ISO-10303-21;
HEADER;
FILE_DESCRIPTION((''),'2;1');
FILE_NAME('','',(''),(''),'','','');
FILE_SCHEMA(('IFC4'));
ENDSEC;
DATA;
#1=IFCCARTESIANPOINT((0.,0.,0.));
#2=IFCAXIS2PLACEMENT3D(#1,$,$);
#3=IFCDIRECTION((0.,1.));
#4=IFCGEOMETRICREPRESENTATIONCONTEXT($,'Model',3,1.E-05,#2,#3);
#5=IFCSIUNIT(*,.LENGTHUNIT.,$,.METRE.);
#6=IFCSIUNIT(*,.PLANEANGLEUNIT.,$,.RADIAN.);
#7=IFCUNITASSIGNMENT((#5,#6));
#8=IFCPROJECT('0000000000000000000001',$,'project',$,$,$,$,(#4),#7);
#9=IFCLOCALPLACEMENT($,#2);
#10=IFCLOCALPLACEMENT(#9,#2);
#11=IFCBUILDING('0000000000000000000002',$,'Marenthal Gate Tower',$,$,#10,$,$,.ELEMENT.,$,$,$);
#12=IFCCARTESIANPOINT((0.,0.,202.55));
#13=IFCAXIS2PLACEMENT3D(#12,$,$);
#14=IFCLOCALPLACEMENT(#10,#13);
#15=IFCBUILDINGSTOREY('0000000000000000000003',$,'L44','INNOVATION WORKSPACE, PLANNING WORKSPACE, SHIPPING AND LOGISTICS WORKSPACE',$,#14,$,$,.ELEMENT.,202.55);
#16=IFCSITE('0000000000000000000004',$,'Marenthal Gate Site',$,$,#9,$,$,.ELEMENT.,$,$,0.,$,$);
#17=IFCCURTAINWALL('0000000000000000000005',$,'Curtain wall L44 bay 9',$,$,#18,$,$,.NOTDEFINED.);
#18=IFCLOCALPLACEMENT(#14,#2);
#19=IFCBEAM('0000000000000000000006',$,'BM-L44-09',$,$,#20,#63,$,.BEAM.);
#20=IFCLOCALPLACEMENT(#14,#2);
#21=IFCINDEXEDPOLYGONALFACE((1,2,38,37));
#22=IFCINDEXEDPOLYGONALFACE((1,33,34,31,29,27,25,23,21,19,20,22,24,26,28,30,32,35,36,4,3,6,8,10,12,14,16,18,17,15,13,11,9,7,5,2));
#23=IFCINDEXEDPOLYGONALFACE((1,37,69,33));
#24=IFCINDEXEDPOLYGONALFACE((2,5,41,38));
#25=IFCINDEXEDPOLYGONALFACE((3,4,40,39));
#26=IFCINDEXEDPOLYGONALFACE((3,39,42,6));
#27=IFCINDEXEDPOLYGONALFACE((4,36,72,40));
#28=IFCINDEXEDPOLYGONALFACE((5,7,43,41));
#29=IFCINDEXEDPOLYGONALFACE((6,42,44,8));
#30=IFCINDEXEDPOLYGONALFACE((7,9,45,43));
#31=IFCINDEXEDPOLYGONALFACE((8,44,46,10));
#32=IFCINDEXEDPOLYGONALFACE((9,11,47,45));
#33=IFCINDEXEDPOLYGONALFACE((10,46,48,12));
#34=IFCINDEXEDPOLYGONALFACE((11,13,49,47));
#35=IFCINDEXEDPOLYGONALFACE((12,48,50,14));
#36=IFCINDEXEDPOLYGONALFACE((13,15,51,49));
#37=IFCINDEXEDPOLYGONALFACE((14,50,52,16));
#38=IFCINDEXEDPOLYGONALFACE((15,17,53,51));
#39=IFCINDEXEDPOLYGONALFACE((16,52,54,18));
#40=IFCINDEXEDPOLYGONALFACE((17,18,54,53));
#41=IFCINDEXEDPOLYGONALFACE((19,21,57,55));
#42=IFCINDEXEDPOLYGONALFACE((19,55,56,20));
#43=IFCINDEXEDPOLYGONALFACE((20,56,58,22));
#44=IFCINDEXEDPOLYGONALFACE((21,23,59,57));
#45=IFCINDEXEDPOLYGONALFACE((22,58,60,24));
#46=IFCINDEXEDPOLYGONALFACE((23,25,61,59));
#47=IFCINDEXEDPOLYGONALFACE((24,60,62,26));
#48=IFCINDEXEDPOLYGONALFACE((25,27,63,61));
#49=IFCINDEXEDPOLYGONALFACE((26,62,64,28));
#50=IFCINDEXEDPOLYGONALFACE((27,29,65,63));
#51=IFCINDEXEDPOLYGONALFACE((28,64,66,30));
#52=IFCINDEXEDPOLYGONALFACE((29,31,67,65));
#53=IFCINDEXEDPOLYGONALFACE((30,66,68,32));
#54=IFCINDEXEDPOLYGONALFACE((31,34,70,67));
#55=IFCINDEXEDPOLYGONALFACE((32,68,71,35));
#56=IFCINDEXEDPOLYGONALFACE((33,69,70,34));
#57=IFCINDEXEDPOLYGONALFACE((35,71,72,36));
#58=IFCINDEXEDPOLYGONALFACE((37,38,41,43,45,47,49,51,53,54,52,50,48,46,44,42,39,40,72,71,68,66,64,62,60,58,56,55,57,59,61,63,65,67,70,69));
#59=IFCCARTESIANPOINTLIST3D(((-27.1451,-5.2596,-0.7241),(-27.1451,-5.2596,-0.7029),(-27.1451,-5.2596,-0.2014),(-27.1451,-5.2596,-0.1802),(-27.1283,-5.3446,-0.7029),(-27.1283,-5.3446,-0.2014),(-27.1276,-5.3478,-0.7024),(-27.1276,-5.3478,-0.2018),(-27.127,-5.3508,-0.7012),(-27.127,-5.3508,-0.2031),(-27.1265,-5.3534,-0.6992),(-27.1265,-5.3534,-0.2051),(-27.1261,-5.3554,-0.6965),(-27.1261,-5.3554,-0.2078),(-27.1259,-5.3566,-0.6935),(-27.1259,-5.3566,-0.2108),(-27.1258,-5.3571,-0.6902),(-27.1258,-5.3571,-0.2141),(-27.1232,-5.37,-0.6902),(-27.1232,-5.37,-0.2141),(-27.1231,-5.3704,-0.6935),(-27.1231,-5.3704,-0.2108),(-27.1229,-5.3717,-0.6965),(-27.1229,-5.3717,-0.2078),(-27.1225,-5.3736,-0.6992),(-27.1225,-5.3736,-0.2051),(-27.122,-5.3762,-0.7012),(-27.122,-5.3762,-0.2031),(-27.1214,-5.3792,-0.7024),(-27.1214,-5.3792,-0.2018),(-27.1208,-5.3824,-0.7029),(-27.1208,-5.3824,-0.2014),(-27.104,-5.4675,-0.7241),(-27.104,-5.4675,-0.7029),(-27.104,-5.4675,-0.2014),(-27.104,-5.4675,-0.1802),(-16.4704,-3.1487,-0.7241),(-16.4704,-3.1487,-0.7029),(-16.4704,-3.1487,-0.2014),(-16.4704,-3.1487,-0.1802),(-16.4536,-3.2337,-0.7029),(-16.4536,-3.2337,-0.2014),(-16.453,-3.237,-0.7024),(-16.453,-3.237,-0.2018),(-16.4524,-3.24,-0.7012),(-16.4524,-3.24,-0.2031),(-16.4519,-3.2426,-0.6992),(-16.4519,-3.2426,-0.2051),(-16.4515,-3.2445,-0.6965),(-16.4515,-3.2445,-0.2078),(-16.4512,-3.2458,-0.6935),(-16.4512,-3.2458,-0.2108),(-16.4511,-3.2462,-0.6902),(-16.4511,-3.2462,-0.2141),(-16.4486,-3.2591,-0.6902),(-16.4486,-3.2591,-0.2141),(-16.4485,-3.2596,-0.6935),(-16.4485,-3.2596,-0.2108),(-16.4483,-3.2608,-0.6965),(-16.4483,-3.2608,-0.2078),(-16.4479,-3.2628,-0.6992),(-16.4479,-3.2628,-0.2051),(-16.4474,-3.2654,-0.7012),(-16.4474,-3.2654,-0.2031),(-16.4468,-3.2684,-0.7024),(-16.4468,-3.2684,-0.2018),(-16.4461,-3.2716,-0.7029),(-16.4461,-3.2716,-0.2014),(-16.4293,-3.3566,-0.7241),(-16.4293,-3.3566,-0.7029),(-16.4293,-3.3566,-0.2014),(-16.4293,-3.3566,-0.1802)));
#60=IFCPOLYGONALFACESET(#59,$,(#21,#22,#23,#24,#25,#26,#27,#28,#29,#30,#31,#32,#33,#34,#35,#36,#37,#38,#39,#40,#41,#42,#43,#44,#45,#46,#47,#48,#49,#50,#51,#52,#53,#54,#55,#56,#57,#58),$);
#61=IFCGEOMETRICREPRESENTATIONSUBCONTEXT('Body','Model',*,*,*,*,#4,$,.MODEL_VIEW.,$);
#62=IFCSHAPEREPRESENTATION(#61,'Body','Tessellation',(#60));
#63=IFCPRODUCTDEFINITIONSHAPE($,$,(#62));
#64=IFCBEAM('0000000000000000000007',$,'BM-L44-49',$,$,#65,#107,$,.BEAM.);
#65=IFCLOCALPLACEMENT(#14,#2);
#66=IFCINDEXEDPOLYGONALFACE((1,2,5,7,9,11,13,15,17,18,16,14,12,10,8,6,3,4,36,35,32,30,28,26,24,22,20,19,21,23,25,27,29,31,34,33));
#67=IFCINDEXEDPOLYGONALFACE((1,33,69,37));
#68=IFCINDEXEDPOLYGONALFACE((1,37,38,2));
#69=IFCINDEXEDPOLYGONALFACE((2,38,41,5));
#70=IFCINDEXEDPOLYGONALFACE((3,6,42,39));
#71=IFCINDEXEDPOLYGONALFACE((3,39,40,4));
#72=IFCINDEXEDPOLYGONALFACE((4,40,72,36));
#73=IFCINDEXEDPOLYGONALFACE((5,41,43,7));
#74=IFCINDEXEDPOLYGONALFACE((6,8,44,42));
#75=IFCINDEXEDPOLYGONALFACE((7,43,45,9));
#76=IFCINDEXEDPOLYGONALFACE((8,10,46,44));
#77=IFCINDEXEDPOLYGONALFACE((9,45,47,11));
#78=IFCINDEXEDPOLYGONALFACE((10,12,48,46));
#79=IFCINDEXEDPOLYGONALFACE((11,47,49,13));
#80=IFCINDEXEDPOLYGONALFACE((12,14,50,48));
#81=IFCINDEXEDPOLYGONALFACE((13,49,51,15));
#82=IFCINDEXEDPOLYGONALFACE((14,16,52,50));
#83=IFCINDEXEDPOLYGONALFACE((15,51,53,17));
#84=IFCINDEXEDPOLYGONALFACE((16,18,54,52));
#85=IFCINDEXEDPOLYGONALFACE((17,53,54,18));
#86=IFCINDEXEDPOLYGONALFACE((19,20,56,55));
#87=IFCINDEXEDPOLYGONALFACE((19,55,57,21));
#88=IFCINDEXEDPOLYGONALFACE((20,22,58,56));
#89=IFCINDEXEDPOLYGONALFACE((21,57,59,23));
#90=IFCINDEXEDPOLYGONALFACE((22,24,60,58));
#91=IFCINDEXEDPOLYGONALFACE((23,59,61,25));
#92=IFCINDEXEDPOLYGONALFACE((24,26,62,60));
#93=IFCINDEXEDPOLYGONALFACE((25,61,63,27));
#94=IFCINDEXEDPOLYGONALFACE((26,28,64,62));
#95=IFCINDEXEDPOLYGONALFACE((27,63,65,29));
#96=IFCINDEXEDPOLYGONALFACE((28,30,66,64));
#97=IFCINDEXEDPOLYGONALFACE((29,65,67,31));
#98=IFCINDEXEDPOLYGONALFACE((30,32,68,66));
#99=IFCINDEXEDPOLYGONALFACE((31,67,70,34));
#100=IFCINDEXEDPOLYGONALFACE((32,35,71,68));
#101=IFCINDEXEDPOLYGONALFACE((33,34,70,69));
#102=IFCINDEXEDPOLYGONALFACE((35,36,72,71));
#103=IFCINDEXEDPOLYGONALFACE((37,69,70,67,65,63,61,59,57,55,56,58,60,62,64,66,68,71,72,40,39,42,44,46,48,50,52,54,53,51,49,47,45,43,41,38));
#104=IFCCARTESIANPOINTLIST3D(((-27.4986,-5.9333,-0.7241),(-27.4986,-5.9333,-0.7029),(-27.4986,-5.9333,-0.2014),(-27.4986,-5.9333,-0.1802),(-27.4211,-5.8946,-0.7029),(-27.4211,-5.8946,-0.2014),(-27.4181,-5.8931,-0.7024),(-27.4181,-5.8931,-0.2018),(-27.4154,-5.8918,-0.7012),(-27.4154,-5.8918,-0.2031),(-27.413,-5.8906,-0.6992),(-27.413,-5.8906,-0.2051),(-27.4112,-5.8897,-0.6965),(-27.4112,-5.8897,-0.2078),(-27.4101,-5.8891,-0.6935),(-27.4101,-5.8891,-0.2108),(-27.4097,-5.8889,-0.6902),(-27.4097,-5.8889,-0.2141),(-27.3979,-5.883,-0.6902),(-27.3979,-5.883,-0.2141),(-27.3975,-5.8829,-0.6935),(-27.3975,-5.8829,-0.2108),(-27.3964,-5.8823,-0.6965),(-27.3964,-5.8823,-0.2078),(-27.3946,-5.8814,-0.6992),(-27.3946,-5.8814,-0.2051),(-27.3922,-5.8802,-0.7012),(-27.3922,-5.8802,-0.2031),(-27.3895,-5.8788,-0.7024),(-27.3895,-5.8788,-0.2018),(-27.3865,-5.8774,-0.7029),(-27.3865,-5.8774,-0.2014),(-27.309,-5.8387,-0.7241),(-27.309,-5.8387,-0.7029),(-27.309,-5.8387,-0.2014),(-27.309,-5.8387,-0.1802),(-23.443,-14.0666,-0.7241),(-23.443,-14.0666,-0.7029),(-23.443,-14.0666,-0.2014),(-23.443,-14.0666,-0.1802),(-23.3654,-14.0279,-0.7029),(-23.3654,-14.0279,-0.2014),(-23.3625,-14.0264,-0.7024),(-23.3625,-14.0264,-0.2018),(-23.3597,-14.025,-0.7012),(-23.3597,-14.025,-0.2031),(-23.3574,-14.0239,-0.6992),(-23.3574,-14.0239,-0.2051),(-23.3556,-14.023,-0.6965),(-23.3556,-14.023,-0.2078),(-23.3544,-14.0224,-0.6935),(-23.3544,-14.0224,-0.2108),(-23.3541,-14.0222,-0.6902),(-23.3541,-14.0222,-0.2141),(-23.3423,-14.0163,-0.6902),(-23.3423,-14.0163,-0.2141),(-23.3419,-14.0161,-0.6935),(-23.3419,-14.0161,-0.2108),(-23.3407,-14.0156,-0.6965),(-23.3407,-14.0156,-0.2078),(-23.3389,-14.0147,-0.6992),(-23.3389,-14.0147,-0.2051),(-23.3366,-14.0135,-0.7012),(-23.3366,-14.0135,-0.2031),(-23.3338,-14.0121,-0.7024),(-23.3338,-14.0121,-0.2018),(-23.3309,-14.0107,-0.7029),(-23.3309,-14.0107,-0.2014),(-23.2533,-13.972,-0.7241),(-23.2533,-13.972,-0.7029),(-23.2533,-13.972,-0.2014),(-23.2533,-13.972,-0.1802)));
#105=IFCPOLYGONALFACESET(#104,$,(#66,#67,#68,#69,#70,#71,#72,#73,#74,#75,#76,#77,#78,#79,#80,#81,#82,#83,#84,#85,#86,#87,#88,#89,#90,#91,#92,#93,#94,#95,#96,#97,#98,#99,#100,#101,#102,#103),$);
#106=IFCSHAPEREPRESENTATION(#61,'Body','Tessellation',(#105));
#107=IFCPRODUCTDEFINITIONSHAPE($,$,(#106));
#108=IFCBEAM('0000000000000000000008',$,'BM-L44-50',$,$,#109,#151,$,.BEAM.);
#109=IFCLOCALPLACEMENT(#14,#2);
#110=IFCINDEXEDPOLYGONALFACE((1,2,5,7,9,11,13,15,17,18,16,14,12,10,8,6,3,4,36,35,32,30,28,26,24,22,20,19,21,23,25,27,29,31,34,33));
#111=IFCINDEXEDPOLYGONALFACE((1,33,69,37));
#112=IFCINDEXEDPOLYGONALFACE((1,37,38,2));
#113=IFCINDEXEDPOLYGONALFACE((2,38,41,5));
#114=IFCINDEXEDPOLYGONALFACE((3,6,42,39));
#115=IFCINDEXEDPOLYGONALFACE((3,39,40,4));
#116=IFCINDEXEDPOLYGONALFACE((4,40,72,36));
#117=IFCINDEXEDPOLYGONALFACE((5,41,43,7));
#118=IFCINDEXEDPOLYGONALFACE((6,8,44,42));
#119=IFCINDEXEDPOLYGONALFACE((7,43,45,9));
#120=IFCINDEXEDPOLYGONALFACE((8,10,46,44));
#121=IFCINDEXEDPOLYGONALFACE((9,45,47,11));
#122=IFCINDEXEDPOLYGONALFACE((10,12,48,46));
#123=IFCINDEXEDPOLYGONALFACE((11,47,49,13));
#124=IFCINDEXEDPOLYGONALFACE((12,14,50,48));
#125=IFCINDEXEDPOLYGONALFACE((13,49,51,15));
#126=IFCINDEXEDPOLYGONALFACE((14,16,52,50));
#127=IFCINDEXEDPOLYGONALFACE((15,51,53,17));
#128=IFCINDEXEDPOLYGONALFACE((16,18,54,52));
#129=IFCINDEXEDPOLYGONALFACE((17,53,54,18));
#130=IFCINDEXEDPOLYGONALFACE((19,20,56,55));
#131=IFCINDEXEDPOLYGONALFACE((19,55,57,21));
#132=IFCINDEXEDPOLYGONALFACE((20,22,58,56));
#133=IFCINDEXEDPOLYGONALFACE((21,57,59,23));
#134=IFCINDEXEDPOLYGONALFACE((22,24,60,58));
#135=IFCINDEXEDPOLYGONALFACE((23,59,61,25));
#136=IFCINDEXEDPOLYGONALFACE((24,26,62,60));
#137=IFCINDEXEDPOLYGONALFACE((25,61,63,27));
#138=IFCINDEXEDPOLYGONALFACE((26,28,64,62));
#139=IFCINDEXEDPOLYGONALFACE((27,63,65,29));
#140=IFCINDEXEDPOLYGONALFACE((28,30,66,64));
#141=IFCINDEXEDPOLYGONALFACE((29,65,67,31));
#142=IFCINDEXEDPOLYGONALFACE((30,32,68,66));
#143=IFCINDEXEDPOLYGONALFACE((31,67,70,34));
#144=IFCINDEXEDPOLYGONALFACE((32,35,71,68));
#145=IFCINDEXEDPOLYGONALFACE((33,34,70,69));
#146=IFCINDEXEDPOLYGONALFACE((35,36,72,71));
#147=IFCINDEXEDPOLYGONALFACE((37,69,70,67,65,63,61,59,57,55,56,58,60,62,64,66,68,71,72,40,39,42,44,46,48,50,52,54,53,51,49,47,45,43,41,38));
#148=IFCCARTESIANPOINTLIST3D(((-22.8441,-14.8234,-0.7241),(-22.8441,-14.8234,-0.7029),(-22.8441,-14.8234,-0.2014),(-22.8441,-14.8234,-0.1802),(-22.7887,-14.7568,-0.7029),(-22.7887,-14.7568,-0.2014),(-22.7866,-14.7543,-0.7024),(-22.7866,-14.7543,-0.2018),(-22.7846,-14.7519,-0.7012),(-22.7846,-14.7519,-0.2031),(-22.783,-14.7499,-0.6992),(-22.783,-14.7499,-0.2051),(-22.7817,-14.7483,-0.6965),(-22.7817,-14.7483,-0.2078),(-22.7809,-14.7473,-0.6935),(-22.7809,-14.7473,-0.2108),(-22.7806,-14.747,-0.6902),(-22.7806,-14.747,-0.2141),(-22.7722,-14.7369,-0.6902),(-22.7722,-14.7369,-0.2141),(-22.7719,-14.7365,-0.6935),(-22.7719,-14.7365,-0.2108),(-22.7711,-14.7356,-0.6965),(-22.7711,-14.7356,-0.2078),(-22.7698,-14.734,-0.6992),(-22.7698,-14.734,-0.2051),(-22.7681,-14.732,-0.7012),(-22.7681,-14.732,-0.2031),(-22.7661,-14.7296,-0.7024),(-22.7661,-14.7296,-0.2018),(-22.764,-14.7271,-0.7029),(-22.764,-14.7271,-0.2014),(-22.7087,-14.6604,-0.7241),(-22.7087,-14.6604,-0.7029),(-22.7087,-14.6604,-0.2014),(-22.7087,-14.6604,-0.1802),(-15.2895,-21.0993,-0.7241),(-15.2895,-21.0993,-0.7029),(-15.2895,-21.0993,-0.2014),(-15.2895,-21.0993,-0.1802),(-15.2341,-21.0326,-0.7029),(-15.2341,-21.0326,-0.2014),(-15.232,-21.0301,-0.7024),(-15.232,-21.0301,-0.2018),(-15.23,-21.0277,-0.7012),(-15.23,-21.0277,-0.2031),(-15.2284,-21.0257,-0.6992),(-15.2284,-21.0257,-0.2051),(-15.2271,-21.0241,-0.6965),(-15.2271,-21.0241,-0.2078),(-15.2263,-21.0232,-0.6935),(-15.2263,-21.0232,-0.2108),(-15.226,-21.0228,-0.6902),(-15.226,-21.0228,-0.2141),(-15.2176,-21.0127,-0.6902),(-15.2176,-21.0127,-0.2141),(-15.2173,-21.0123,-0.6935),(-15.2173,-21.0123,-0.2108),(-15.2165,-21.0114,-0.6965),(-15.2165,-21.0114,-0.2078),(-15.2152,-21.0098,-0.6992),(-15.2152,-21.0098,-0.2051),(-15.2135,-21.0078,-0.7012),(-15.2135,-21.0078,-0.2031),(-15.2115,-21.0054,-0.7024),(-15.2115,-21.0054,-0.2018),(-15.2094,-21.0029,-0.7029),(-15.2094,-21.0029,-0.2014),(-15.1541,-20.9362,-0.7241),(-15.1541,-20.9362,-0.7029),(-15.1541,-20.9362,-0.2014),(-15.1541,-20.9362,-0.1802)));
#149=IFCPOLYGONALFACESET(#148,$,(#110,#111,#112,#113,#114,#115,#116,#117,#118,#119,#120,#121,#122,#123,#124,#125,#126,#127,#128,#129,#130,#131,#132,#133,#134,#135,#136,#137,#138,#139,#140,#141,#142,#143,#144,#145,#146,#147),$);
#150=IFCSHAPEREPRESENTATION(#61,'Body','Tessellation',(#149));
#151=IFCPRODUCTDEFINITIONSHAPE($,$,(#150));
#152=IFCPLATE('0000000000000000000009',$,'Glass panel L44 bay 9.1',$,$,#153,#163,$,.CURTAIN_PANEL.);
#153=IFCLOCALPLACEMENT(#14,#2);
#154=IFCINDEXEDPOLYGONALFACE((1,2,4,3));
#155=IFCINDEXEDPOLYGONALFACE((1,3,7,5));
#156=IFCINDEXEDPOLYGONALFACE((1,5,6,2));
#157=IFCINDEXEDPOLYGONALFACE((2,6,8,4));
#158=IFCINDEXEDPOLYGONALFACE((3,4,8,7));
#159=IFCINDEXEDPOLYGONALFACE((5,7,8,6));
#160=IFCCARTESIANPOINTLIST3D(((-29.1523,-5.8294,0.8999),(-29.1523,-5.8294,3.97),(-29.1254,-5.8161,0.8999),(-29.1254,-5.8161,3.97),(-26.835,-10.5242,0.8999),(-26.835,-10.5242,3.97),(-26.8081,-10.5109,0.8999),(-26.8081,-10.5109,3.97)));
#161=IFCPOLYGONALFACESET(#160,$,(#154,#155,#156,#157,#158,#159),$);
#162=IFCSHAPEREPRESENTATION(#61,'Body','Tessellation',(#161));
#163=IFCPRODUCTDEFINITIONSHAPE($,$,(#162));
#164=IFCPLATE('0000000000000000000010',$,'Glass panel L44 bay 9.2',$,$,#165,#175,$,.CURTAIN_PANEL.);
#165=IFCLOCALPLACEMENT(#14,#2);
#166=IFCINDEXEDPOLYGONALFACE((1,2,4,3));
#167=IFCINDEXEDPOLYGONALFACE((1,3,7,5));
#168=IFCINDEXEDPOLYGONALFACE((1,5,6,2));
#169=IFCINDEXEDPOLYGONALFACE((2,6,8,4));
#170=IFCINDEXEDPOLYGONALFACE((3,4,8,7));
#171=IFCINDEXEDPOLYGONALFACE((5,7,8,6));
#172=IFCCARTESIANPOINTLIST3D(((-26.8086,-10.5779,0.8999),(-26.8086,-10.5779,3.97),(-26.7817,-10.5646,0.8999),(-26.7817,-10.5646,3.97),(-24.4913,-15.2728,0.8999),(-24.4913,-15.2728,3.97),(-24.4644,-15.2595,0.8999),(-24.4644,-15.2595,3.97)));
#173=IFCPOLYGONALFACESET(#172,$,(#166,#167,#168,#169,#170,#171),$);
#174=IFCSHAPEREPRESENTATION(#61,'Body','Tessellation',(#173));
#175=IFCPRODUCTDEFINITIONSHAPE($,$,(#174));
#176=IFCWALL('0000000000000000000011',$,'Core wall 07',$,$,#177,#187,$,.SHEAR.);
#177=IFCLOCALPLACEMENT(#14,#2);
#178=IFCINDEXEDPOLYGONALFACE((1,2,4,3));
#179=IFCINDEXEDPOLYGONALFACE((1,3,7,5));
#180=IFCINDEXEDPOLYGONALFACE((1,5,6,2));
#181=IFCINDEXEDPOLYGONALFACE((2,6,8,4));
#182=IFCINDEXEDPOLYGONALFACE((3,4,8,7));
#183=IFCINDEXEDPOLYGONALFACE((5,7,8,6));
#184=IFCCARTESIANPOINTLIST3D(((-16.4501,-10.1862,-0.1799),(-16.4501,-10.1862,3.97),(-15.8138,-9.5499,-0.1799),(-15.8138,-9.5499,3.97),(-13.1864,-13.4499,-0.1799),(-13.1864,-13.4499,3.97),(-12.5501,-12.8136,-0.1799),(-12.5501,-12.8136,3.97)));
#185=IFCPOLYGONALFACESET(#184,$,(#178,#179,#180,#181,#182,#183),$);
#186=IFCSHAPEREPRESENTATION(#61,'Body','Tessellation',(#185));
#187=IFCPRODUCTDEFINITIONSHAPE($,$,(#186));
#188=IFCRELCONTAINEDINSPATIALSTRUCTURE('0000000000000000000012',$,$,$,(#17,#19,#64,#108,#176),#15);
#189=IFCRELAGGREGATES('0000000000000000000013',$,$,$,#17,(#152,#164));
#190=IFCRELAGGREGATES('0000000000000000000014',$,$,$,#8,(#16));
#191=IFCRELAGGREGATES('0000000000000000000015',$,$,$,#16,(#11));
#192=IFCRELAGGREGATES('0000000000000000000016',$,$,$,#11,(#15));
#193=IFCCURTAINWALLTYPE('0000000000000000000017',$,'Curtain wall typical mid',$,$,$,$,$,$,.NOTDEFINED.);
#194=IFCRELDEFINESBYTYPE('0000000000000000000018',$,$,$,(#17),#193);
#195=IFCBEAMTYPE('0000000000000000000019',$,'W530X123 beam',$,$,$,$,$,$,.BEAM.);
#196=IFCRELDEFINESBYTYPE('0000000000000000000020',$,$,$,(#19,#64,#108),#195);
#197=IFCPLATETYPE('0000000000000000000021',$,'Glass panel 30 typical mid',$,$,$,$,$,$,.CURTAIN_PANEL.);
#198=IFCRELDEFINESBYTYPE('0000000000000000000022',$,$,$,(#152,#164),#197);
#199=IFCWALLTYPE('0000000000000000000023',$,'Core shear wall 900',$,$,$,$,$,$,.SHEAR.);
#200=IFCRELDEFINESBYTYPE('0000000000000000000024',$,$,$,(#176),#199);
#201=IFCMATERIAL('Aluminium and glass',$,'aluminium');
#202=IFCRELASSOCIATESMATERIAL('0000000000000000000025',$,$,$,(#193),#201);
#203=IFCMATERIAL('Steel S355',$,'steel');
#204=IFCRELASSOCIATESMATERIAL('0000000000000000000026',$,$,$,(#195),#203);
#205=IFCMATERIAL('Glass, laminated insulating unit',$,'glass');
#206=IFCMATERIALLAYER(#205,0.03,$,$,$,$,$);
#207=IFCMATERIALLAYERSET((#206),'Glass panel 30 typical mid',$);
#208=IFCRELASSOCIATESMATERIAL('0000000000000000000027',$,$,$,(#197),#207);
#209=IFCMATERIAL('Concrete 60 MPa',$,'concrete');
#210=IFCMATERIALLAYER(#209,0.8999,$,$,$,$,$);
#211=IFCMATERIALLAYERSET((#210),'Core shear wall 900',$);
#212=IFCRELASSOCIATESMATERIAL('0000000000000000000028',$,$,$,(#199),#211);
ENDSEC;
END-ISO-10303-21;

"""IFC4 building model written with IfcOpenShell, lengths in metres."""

from ifc_helpers import new_model, si_unit, direction, frame, frame_2d, origin, origin_2d, place, context, subcontext, project, spatial, rectangle, i_section, extrude, material, layer, layer_set, material_profile, profile_set, type_object, element, aggregate, save


model = new_model("IFC4")

# Units and contexts
model_context = context("Model", 3, precision=1e-05, world=origin(), true_north=direction((0.0, 1.0)))
body_context = subcontext(model_context, "Body", "Model", "MODEL_VIEW")
ifc_project = project(units=[si_unit("LENGTHUNIT", "METRE"), si_unit("PLANEANGLEUNIT", "RADIAN")], contexts=[model_context])

# Site, building, storey
site_placement = place(None, origin())
site = spatial("IfcSite", under=ifc_project, at=site_placement, Name="Marenthal Gate Site", CompositionType="ELEMENT", RefElevation=0.0)
building_placement = place(site_placement, origin())
building = spatial("IfcBuilding", under=site, at=building_placement, Name="Marenthal Gate Tower", CompositionType="ELEMENT")
storey_placement = place(building_placement, frame((0.0, 0.0, 202.55)))
storey = spatial("IfcBuildingStorey", under=building, at=storey_placement, Name="L44", Description="INNOVATION WORKSPACE, PLANNING WORKSPACE, SHIPPING AND LOGISTICS WORKSPACE", CompositionType="ELEMENT", Elevation=202.55)

# Curtain wall
ifc_material_1 = material(Name="Aluminium and glass", Category="aluminium")
curtain_wall_type = type_object("IfcCurtainWallType", Name="Curtain wall typical mid", PredefinedType="NOTDEFINED", material=ifc_material_1)
curtain_wall_1_placement = place(storey_placement, origin())
curtain_wall_1 = element("IfcCurtainWall", 1, at=curtain_wall_1_placement, inside=storey, type_object=curtain_wall_type, Name="Curtain wall L44 bay 9", PredefinedType="NOTDEFINED")

# Beams
ifc_material_2 = material(Name="Steel S355", Category="steel")
ifc_material_profile_1 = material_profile(ifc_material_2, i_section(OverallWidth=0.2119, OverallDepth=0.5439, WebThickness=0.0132, FlangeThickness=0.0212, FilletRadius=0.0127, at=origin_2d()), Name="W530X123")
ifc_profile_set_1 = profile_set([ifc_material_profile_1], Name="Steel S355")
beam_type_1 = type_object("IfcBeamType", Name="W530X123 beam", PredefinedType="BEAM", material=ifc_profile_set_1)
beam_1_placement = place(storey_placement, frame((-27.1245, -5.3635, -0.4521), z_axis=(0.981004, 0.193988, 0.0), x_axis=(-0.193988, 0.981004, 0.0)))
element("IfcBeam", 2, at=beam_1_placement, inside=storey, type_object=beam_type_1, Name="BM-L44-09", PredefinedType="BEAM", context=body_context, shape_type="SweptSolid", body=[
    extrude(i_section(OverallWidth=0.2119, OverallDepth=0.5439, WebThickness=0.0132, FlangeThickness=0.0212, FilletRadius=0.0127, at=origin_2d()), origin(), (0.0, 0.0, 1.0), 10.8813),
])
beam_2_placement = place(storey_placement, frame((-27.4038, -5.886, -0.4521), z_axis=(0.446246, -0.89491, 0.0), x_axis=(0.89491, 0.446246, 0.0)))
element("IfcBeam", 3, at=beam_2_placement, inside=storey, type_object=beam_type_1, Name="BM-L44-49", PredefinedType="BEAM", context=body_context, shape_type="SweptSolid", body=[
    extrude(i_section(OverallWidth=0.2119, OverallDepth=0.5439, WebThickness=0.0132, FlangeThickness=0.0212, FilletRadius=0.0127, at=origin_2d()), origin(), (0.0, 0.0, 1.0), 9.0884),
])
beam_3_placement = place(storey_placement, frame((-22.7764, -14.7419, -0.4521), z_axis=(0.769207, -0.639, 0.0), x_axis=(0.639, 0.769207, 0.0)))
element("IfcBeam", 4, at=beam_3_placement, inside=storey, type_object=beam_type_1, Name="BM-L44-50", PredefinedType="BEAM", context=body_context, shape_type="SweptSolid", body=[
    extrude(i_section(OverallWidth=0.2119, OverallDepth=0.5439, WebThickness=0.0132, FlangeThickness=0.0212, FilletRadius=0.0127, at=origin_2d()), origin(), (0.0, 0.0, 1.0), 9.8213),
])

# Plates
ifc_material_3 = material(Name="Glass, laminated insulating unit", Category="glass")
ifc_layer_1 = layer(ifc_material_3, 0.03)
ifc_layer_set_1 = layer_set([ifc_layer_1], Name="Glass panel 30 typical mid")
plate_type = type_object("IfcPlateType", Name="Glass panel 30 typical mid", PredefinedType="CURTAIN_PANEL", material=ifc_layer_set_1)
plate_1_placement = place(storey_placement, frame((-27.9802, -8.1702, 0.8999), z_axis=(0.0, 0.0, 1.0), x_axis=(0.442607, -0.896716, 0.0)))
plate_1 = element("IfcPlate", 5, at=plate_1_placement, type_object=plate_type, Name="Glass panel L44 bay 9.1", PredefinedType="CURTAIN_PANEL", context=body_context, shape_type="SweptSolid", body=[
    extrude(rectangle(XDim=5.2356, YDim=0.03, at=origin_2d()), origin(), (0.0, 0.0, 1.0), 3.0701),
])
plate_2_placement = place(storey_placement, frame((-25.6365, -12.9187, 0.8999), z_axis=(0.0, 0.0, 1.0), x_axis=(0.442607, -0.896716, 0.0)))
plate_2 = element("IfcPlate", 6, at=plate_2_placement, type_object=plate_type, Name="Glass panel L44 bay 9.2", PredefinedType="CURTAIN_PANEL", context=body_context, shape_type="SweptSolid", body=[
    extrude(rectangle(XDim=5.2356, YDim=0.03, at=origin_2d()), origin(), (0.0, 0.0, 1.0), 3.0701),
])
aggregate(curtain_wall_1, [plate_1, plate_2])

# Wall
ifc_material_4 = material(Name="Concrete 60 MPa", Category="concrete")
ifc_layer_2 = layer(ifc_material_4, 0.8999)
ifc_layer_set_2 = layer_set([ifc_layer_2], Name="Core shear wall 900")
wall_type_1 = type_object("IfcWallType", Name="Core shear wall 900", PredefinedType="SHEAR", material=ifc_layer_set_2)
wall_1_placement = place(storey_placement, frame((-16.1318, -9.8682, -0.1799), z_axis=(0.0, 0.0, 1.0), x_axis=(0.707107, -0.707107, 0.0)))
element("IfcWall", 7, at=wall_1_placement, inside=storey, type_object=wall_type_1, Name="Core wall 07", PredefinedType="SHEAR", context=body_context, shape_type="SweptSolid", body=[
    extrude(rectangle(XDim=4.6155, YDim=0.8999, at=frame_2d((2.3076, 0.0))), origin(), (0.0, 0.0, 1.0), 4.1499),
])

save(model, "model.ifc")
